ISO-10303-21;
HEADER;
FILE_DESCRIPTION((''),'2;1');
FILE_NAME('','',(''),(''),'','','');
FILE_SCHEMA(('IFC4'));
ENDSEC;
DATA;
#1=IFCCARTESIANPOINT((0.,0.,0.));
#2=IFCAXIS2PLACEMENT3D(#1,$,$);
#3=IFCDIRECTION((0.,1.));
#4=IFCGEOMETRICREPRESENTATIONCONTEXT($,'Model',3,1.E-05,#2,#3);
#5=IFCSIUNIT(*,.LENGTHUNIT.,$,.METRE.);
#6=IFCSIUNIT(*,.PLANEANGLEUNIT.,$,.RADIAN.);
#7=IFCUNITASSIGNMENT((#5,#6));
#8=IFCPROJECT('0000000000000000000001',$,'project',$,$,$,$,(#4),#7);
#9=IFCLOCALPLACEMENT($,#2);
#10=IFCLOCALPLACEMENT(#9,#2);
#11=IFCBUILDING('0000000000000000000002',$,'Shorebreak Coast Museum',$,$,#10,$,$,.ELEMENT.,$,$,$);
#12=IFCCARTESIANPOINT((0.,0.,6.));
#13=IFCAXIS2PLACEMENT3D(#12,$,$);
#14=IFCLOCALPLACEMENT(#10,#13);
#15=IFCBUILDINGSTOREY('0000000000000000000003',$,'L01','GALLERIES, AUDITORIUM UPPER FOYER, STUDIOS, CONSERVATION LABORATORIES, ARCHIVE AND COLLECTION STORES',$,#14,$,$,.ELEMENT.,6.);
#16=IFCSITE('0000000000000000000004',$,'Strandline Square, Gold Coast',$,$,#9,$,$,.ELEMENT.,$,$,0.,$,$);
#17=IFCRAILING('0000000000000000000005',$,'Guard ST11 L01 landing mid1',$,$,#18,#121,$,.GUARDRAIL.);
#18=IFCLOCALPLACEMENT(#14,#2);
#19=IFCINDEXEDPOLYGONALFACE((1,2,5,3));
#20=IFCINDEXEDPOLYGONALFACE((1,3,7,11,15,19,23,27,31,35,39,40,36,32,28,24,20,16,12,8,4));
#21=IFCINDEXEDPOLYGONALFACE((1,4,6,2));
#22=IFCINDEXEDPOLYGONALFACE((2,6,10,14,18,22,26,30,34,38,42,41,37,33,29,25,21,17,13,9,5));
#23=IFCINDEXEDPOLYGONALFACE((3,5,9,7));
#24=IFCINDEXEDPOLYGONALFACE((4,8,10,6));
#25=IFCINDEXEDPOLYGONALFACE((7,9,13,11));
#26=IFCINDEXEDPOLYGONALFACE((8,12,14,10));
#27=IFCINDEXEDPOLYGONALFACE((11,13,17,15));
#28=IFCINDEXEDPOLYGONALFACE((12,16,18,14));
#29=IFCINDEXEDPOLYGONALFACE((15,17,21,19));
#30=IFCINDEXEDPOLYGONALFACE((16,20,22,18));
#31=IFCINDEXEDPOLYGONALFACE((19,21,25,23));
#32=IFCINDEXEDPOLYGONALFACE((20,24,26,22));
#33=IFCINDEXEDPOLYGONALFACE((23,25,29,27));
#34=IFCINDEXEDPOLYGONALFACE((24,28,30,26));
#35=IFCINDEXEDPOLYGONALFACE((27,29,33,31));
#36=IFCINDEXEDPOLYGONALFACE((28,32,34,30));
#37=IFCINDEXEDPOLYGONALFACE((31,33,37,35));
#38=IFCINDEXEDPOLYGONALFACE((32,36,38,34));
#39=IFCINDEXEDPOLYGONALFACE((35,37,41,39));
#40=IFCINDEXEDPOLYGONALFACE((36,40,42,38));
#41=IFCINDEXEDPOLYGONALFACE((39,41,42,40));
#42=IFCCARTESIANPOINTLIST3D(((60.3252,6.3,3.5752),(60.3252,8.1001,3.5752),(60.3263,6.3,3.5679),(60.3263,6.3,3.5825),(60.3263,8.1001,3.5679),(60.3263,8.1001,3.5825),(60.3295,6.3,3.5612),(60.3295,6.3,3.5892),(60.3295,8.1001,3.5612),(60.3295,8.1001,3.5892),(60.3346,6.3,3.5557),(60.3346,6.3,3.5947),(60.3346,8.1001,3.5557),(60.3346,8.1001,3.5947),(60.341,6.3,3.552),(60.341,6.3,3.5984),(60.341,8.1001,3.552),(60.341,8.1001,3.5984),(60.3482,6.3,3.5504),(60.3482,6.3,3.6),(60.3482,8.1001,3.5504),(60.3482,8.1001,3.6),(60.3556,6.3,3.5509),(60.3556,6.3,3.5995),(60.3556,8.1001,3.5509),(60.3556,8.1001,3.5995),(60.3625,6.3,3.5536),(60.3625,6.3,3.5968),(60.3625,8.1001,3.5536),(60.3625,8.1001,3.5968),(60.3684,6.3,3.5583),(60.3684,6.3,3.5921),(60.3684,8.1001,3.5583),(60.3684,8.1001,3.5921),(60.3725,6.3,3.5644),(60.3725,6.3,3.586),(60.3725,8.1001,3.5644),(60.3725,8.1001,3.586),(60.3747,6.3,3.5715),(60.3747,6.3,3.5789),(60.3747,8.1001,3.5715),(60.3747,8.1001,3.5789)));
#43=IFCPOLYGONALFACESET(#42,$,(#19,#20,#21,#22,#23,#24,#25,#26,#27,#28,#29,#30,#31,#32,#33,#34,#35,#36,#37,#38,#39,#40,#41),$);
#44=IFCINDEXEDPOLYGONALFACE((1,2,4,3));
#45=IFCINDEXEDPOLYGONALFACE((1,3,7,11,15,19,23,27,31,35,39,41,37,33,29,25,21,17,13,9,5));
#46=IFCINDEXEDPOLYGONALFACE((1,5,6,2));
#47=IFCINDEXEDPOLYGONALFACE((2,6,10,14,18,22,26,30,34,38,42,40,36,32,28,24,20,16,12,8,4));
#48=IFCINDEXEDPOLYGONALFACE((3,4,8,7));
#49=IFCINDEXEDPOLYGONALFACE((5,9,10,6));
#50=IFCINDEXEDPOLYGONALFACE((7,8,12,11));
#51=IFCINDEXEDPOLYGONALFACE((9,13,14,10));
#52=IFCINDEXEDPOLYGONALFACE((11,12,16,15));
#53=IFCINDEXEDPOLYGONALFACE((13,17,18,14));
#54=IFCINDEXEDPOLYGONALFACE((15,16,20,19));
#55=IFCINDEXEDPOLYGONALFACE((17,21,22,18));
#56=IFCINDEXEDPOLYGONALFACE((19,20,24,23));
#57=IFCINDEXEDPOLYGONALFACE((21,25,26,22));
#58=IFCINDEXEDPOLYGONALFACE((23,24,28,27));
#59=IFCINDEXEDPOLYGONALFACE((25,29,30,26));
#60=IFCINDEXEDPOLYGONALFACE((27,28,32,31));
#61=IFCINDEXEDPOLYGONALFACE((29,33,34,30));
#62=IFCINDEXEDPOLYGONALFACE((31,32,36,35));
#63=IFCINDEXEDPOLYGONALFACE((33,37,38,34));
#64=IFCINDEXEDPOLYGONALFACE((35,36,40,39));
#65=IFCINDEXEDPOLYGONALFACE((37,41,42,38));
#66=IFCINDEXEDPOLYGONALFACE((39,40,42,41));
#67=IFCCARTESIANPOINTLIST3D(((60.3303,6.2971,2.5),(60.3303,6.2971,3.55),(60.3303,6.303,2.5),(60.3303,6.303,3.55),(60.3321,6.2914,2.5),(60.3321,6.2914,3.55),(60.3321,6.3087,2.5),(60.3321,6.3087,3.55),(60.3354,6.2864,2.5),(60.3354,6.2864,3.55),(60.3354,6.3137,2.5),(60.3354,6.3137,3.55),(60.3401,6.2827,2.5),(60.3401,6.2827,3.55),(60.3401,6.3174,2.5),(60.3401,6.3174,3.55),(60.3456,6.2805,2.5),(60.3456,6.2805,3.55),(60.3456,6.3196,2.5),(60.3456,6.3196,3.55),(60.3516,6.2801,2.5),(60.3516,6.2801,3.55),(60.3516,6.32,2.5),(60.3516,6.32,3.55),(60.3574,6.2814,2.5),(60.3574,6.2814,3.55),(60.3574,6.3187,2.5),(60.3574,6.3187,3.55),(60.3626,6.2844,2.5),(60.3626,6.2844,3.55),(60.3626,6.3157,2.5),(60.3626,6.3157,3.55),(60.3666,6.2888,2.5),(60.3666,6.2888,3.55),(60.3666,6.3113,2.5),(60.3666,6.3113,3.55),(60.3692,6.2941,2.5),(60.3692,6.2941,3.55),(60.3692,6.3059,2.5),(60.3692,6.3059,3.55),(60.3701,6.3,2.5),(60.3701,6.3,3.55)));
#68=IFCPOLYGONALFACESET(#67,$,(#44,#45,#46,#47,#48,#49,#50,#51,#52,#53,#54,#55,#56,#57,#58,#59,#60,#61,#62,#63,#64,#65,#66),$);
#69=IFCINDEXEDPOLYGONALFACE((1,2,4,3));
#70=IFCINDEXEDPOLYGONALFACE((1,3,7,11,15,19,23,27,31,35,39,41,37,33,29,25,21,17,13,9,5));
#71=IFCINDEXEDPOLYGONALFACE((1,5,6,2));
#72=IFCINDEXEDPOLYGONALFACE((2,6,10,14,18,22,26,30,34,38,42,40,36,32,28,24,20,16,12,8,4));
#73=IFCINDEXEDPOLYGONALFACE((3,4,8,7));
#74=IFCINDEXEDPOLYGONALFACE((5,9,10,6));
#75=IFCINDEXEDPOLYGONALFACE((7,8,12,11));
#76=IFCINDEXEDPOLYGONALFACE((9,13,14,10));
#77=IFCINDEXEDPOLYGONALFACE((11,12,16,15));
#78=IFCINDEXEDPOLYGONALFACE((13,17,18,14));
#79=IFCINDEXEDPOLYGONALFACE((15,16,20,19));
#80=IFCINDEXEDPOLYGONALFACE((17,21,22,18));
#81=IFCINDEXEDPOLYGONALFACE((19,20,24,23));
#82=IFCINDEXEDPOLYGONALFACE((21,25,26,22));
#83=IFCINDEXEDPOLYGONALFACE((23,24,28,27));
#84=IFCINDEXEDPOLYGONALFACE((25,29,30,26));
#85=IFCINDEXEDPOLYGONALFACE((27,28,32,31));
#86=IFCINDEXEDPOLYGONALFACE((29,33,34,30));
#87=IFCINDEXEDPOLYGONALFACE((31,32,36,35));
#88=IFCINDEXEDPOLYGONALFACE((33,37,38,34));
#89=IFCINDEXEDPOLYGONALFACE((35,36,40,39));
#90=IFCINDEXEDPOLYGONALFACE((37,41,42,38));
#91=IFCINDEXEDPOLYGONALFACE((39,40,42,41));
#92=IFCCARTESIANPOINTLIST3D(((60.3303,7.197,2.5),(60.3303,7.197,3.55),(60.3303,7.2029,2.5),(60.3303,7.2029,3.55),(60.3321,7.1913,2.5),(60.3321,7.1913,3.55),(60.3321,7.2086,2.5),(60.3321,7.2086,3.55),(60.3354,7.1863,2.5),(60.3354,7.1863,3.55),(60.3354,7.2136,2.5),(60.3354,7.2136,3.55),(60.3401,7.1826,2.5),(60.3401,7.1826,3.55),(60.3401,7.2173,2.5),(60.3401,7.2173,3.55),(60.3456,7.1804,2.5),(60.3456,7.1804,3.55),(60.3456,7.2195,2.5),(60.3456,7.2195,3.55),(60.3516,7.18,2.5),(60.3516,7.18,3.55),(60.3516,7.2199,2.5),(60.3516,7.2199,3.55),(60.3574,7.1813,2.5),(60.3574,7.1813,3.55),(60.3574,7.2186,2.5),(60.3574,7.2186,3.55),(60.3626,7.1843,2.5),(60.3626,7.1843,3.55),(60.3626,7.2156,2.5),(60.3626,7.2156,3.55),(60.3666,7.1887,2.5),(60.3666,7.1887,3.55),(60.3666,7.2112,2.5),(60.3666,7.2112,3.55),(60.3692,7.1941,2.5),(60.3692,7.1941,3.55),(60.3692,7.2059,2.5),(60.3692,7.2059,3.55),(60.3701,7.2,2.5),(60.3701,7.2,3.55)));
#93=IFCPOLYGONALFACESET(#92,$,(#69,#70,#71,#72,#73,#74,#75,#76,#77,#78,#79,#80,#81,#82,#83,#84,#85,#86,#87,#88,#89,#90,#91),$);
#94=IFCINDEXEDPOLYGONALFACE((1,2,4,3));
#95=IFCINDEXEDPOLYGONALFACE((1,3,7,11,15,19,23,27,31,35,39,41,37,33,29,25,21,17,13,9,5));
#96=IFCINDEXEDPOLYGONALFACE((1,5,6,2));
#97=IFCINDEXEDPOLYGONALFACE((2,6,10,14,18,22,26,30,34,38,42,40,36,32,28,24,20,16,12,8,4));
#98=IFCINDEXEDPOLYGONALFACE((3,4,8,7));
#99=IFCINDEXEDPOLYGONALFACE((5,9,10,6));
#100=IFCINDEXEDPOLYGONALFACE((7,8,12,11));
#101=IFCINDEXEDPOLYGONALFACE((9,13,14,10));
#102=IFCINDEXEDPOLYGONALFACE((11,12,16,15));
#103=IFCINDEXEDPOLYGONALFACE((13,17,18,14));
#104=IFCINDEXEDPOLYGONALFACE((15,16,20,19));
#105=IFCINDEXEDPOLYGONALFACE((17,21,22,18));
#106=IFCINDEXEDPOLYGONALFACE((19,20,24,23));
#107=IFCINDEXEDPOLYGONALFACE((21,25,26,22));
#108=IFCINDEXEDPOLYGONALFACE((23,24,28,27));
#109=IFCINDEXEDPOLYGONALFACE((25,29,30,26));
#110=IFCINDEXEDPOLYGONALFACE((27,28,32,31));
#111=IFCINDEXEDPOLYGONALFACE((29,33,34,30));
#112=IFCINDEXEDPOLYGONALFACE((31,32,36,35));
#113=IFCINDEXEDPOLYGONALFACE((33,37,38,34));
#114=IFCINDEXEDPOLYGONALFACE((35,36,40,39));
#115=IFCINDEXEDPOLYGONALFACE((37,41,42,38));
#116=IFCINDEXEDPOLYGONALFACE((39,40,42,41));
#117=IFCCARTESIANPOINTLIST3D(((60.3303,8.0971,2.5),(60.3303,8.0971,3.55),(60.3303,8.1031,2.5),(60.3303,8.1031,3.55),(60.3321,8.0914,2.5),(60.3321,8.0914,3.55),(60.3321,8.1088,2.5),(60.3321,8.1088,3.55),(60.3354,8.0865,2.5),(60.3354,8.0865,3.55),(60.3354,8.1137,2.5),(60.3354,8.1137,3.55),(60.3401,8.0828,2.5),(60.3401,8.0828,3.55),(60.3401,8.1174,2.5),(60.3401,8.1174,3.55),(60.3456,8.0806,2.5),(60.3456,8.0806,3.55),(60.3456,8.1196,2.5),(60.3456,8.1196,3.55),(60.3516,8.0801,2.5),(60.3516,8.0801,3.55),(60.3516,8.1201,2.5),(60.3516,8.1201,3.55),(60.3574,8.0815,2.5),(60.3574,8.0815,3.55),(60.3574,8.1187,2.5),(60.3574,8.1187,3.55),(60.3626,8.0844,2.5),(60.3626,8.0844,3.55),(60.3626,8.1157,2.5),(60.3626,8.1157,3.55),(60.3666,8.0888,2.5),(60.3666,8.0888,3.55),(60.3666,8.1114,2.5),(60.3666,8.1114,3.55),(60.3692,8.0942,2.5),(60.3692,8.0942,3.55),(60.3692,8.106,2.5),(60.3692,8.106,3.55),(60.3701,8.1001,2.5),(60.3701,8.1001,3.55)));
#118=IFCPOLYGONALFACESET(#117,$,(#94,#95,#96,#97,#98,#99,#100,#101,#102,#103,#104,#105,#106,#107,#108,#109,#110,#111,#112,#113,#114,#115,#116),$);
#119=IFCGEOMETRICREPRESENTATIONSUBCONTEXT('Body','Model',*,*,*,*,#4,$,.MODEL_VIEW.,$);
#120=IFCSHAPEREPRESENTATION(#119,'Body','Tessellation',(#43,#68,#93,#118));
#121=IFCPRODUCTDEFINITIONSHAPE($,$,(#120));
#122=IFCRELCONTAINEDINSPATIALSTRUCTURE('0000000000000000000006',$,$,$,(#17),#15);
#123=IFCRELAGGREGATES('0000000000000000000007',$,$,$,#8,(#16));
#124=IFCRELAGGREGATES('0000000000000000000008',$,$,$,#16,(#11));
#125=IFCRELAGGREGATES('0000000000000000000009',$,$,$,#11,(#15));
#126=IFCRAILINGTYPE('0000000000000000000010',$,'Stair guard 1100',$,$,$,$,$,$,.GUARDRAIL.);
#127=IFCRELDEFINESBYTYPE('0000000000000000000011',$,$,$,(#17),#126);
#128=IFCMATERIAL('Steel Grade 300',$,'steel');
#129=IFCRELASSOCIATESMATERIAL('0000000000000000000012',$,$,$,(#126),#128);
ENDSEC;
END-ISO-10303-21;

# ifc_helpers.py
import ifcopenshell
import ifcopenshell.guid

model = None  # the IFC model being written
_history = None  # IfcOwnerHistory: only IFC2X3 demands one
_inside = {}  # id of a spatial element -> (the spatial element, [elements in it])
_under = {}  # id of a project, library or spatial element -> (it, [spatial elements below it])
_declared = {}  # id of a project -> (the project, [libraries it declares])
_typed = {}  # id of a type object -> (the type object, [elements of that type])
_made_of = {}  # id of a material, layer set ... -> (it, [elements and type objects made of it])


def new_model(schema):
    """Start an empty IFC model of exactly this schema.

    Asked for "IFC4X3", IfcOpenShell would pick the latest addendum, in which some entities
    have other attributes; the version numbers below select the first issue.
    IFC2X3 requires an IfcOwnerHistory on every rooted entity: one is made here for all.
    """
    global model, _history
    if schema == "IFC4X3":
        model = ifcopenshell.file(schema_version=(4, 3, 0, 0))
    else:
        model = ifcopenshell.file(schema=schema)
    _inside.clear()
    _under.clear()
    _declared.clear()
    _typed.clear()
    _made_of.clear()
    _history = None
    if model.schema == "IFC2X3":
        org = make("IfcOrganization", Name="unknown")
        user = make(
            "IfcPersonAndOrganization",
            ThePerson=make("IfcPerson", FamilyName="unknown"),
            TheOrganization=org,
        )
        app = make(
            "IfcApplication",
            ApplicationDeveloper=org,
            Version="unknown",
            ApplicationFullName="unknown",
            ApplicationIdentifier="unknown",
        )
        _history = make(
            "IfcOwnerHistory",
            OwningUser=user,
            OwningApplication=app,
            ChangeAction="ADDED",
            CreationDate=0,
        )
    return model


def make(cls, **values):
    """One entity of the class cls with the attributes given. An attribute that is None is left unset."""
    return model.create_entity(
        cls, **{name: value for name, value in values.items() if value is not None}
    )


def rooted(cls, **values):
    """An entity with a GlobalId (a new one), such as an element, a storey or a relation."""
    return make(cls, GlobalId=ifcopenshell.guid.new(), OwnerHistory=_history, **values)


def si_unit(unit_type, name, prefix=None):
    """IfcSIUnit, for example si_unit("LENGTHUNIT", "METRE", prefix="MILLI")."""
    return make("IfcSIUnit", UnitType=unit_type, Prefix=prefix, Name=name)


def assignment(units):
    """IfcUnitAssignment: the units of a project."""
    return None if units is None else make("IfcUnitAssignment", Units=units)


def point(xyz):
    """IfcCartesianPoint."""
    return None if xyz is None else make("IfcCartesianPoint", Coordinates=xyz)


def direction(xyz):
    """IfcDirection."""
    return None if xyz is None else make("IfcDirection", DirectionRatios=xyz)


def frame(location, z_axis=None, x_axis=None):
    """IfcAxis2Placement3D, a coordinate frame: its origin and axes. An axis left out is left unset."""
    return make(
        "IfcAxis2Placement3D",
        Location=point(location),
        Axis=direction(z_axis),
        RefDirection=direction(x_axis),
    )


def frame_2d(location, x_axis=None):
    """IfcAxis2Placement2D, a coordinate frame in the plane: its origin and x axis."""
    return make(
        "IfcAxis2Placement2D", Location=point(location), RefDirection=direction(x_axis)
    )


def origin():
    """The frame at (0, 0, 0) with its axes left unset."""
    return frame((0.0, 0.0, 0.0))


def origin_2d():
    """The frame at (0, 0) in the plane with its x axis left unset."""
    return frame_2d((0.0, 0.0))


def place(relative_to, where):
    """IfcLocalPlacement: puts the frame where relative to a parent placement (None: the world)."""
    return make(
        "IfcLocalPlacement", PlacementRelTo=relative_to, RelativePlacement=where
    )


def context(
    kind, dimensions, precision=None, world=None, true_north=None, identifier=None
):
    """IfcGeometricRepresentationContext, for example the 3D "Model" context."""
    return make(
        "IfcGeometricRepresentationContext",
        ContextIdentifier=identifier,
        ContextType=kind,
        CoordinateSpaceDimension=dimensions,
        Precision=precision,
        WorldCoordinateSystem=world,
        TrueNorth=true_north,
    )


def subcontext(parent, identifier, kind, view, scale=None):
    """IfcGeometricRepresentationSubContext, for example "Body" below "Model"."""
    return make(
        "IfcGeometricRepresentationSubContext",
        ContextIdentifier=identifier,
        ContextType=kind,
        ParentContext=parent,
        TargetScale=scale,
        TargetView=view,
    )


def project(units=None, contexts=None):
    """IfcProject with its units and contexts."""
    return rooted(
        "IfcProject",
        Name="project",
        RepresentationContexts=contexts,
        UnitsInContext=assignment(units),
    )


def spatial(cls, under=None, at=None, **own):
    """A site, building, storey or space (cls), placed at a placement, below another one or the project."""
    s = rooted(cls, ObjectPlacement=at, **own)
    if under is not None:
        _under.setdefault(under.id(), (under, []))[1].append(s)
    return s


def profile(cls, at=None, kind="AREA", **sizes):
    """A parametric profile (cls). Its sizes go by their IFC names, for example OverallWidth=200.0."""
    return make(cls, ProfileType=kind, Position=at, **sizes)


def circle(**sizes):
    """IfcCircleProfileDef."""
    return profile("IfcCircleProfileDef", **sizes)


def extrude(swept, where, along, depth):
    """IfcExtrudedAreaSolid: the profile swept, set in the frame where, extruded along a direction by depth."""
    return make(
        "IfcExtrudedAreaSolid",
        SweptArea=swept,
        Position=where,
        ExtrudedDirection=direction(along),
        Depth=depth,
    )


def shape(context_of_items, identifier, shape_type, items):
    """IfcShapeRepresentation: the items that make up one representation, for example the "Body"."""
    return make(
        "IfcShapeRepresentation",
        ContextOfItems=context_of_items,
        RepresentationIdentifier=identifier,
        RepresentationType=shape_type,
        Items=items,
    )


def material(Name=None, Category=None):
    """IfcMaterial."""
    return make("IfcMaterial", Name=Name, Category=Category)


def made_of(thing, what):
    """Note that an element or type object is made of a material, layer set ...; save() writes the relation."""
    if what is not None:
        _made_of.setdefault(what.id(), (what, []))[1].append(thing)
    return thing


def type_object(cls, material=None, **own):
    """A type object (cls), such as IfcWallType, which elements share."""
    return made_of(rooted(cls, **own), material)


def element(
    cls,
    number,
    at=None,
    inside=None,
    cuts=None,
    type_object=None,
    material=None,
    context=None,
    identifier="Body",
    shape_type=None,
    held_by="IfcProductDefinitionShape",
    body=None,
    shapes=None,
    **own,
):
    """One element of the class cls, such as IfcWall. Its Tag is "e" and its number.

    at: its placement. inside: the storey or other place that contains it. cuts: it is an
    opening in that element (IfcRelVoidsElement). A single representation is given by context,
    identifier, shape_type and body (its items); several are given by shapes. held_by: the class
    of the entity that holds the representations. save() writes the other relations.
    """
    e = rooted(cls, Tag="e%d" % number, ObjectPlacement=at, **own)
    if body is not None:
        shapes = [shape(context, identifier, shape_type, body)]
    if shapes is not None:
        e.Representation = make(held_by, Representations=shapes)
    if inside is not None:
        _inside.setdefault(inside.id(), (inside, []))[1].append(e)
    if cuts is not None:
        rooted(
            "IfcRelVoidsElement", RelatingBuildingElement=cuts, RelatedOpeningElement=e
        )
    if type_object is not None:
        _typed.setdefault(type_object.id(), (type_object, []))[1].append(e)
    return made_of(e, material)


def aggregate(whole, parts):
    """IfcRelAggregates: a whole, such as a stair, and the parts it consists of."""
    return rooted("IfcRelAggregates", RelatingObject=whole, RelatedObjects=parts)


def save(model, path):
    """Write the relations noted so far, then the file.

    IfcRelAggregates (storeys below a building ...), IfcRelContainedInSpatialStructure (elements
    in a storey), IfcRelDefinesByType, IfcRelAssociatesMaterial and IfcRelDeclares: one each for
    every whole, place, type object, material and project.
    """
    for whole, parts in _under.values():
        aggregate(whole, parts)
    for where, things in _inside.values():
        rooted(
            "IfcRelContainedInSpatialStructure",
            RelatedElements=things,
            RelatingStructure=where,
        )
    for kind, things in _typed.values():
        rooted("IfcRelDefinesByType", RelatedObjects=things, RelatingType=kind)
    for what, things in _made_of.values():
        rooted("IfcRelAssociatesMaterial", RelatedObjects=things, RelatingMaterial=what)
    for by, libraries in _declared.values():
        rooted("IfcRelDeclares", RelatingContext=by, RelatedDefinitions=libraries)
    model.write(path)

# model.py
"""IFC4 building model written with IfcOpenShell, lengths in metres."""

from ifc_helpers import new_model, si_unit, direction, frame, origin, origin_2d, place, context, subcontext, project, spatial, circle, extrude, material, type_object, element, save


model = new_model("IFC4")

# Units and contexts
model_context = context("Model", 3, precision=1e-05, world=origin(), true_north=direction((0.0, 1.0)))
body_context = subcontext(model_context, "Body", "Model", "MODEL_VIEW")
ifc_project = project(units=[si_unit("LENGTHUNIT", "METRE"), si_unit("PLANEANGLEUNIT", "RADIAN")], contexts=[model_context])

# Site, building, storey
site_placement = place(None, origin())
site = spatial("IfcSite", under=ifc_project, at=site_placement, Name="Strandline Square, Gold Coast", CompositionType="ELEMENT", RefElevation=0.0)
building_placement = place(site_placement, origin())
building = spatial("IfcBuilding", under=site, at=building_placement, Name="Shorebreak Coast Museum", CompositionType="ELEMENT")
storey_placement = place(building_placement, frame((0.0, 0.0, 6.0)))
storey = spatial("IfcBuildingStorey", under=building, at=storey_placement, Name="L01", Description="GALLERIES, AUDITORIUM UPPER FOYER, STUDIOS, CONSERVATION LABORATORIES, ARCHIVE AND COLLECTION STORES", CompositionType="ELEMENT", Elevation=6.0)

# Railing
ifc_material_1 = material(Name="Steel Grade 300", Category="steel")
railing_type_1 = type_object("IfcRailingType", Name="Stair guard 1100", PredefinedType="GUARDRAIL", material=ifc_material_1)
railing_1_placement = place(storey_placement, frame((60.3501, 6.3, 2.5)))
element("IfcRailing", 1, at=railing_1_placement, inside=storey, type_object=railing_type_1, Name="Guard ST11 L01 landing mid1", PredefinedType="GUARDRAIL", context=body_context, shape_type="SweptSolid", body=[
    extrude(circle(Radius=0.0249, at=origin_2d()), frame((0.0, 0.0, 1.0752), z_axis=(0.0, 1.0, 0.0), x_axis=(-1.0, 0.0, 0.0)), (0.0, 0.0, 1.0), 1.8),
    extrude(circle(Radius=0.02, at=origin_2d()), origin(), (0.0, 0.0, 1.0), 1.05),
    extrude(circle(Radius=0.02, at=origin_2d()), frame((0.0, 0.8999, 0.0)), (0.0, 0.0, 1.0), 1.05),
    extrude(circle(Radius=0.02, at=origin_2d()), frame((0.0, 1.8, 0.0)), (0.0, 0.0, 1.0), 1.05),
])

save(model, "model.ifc")
